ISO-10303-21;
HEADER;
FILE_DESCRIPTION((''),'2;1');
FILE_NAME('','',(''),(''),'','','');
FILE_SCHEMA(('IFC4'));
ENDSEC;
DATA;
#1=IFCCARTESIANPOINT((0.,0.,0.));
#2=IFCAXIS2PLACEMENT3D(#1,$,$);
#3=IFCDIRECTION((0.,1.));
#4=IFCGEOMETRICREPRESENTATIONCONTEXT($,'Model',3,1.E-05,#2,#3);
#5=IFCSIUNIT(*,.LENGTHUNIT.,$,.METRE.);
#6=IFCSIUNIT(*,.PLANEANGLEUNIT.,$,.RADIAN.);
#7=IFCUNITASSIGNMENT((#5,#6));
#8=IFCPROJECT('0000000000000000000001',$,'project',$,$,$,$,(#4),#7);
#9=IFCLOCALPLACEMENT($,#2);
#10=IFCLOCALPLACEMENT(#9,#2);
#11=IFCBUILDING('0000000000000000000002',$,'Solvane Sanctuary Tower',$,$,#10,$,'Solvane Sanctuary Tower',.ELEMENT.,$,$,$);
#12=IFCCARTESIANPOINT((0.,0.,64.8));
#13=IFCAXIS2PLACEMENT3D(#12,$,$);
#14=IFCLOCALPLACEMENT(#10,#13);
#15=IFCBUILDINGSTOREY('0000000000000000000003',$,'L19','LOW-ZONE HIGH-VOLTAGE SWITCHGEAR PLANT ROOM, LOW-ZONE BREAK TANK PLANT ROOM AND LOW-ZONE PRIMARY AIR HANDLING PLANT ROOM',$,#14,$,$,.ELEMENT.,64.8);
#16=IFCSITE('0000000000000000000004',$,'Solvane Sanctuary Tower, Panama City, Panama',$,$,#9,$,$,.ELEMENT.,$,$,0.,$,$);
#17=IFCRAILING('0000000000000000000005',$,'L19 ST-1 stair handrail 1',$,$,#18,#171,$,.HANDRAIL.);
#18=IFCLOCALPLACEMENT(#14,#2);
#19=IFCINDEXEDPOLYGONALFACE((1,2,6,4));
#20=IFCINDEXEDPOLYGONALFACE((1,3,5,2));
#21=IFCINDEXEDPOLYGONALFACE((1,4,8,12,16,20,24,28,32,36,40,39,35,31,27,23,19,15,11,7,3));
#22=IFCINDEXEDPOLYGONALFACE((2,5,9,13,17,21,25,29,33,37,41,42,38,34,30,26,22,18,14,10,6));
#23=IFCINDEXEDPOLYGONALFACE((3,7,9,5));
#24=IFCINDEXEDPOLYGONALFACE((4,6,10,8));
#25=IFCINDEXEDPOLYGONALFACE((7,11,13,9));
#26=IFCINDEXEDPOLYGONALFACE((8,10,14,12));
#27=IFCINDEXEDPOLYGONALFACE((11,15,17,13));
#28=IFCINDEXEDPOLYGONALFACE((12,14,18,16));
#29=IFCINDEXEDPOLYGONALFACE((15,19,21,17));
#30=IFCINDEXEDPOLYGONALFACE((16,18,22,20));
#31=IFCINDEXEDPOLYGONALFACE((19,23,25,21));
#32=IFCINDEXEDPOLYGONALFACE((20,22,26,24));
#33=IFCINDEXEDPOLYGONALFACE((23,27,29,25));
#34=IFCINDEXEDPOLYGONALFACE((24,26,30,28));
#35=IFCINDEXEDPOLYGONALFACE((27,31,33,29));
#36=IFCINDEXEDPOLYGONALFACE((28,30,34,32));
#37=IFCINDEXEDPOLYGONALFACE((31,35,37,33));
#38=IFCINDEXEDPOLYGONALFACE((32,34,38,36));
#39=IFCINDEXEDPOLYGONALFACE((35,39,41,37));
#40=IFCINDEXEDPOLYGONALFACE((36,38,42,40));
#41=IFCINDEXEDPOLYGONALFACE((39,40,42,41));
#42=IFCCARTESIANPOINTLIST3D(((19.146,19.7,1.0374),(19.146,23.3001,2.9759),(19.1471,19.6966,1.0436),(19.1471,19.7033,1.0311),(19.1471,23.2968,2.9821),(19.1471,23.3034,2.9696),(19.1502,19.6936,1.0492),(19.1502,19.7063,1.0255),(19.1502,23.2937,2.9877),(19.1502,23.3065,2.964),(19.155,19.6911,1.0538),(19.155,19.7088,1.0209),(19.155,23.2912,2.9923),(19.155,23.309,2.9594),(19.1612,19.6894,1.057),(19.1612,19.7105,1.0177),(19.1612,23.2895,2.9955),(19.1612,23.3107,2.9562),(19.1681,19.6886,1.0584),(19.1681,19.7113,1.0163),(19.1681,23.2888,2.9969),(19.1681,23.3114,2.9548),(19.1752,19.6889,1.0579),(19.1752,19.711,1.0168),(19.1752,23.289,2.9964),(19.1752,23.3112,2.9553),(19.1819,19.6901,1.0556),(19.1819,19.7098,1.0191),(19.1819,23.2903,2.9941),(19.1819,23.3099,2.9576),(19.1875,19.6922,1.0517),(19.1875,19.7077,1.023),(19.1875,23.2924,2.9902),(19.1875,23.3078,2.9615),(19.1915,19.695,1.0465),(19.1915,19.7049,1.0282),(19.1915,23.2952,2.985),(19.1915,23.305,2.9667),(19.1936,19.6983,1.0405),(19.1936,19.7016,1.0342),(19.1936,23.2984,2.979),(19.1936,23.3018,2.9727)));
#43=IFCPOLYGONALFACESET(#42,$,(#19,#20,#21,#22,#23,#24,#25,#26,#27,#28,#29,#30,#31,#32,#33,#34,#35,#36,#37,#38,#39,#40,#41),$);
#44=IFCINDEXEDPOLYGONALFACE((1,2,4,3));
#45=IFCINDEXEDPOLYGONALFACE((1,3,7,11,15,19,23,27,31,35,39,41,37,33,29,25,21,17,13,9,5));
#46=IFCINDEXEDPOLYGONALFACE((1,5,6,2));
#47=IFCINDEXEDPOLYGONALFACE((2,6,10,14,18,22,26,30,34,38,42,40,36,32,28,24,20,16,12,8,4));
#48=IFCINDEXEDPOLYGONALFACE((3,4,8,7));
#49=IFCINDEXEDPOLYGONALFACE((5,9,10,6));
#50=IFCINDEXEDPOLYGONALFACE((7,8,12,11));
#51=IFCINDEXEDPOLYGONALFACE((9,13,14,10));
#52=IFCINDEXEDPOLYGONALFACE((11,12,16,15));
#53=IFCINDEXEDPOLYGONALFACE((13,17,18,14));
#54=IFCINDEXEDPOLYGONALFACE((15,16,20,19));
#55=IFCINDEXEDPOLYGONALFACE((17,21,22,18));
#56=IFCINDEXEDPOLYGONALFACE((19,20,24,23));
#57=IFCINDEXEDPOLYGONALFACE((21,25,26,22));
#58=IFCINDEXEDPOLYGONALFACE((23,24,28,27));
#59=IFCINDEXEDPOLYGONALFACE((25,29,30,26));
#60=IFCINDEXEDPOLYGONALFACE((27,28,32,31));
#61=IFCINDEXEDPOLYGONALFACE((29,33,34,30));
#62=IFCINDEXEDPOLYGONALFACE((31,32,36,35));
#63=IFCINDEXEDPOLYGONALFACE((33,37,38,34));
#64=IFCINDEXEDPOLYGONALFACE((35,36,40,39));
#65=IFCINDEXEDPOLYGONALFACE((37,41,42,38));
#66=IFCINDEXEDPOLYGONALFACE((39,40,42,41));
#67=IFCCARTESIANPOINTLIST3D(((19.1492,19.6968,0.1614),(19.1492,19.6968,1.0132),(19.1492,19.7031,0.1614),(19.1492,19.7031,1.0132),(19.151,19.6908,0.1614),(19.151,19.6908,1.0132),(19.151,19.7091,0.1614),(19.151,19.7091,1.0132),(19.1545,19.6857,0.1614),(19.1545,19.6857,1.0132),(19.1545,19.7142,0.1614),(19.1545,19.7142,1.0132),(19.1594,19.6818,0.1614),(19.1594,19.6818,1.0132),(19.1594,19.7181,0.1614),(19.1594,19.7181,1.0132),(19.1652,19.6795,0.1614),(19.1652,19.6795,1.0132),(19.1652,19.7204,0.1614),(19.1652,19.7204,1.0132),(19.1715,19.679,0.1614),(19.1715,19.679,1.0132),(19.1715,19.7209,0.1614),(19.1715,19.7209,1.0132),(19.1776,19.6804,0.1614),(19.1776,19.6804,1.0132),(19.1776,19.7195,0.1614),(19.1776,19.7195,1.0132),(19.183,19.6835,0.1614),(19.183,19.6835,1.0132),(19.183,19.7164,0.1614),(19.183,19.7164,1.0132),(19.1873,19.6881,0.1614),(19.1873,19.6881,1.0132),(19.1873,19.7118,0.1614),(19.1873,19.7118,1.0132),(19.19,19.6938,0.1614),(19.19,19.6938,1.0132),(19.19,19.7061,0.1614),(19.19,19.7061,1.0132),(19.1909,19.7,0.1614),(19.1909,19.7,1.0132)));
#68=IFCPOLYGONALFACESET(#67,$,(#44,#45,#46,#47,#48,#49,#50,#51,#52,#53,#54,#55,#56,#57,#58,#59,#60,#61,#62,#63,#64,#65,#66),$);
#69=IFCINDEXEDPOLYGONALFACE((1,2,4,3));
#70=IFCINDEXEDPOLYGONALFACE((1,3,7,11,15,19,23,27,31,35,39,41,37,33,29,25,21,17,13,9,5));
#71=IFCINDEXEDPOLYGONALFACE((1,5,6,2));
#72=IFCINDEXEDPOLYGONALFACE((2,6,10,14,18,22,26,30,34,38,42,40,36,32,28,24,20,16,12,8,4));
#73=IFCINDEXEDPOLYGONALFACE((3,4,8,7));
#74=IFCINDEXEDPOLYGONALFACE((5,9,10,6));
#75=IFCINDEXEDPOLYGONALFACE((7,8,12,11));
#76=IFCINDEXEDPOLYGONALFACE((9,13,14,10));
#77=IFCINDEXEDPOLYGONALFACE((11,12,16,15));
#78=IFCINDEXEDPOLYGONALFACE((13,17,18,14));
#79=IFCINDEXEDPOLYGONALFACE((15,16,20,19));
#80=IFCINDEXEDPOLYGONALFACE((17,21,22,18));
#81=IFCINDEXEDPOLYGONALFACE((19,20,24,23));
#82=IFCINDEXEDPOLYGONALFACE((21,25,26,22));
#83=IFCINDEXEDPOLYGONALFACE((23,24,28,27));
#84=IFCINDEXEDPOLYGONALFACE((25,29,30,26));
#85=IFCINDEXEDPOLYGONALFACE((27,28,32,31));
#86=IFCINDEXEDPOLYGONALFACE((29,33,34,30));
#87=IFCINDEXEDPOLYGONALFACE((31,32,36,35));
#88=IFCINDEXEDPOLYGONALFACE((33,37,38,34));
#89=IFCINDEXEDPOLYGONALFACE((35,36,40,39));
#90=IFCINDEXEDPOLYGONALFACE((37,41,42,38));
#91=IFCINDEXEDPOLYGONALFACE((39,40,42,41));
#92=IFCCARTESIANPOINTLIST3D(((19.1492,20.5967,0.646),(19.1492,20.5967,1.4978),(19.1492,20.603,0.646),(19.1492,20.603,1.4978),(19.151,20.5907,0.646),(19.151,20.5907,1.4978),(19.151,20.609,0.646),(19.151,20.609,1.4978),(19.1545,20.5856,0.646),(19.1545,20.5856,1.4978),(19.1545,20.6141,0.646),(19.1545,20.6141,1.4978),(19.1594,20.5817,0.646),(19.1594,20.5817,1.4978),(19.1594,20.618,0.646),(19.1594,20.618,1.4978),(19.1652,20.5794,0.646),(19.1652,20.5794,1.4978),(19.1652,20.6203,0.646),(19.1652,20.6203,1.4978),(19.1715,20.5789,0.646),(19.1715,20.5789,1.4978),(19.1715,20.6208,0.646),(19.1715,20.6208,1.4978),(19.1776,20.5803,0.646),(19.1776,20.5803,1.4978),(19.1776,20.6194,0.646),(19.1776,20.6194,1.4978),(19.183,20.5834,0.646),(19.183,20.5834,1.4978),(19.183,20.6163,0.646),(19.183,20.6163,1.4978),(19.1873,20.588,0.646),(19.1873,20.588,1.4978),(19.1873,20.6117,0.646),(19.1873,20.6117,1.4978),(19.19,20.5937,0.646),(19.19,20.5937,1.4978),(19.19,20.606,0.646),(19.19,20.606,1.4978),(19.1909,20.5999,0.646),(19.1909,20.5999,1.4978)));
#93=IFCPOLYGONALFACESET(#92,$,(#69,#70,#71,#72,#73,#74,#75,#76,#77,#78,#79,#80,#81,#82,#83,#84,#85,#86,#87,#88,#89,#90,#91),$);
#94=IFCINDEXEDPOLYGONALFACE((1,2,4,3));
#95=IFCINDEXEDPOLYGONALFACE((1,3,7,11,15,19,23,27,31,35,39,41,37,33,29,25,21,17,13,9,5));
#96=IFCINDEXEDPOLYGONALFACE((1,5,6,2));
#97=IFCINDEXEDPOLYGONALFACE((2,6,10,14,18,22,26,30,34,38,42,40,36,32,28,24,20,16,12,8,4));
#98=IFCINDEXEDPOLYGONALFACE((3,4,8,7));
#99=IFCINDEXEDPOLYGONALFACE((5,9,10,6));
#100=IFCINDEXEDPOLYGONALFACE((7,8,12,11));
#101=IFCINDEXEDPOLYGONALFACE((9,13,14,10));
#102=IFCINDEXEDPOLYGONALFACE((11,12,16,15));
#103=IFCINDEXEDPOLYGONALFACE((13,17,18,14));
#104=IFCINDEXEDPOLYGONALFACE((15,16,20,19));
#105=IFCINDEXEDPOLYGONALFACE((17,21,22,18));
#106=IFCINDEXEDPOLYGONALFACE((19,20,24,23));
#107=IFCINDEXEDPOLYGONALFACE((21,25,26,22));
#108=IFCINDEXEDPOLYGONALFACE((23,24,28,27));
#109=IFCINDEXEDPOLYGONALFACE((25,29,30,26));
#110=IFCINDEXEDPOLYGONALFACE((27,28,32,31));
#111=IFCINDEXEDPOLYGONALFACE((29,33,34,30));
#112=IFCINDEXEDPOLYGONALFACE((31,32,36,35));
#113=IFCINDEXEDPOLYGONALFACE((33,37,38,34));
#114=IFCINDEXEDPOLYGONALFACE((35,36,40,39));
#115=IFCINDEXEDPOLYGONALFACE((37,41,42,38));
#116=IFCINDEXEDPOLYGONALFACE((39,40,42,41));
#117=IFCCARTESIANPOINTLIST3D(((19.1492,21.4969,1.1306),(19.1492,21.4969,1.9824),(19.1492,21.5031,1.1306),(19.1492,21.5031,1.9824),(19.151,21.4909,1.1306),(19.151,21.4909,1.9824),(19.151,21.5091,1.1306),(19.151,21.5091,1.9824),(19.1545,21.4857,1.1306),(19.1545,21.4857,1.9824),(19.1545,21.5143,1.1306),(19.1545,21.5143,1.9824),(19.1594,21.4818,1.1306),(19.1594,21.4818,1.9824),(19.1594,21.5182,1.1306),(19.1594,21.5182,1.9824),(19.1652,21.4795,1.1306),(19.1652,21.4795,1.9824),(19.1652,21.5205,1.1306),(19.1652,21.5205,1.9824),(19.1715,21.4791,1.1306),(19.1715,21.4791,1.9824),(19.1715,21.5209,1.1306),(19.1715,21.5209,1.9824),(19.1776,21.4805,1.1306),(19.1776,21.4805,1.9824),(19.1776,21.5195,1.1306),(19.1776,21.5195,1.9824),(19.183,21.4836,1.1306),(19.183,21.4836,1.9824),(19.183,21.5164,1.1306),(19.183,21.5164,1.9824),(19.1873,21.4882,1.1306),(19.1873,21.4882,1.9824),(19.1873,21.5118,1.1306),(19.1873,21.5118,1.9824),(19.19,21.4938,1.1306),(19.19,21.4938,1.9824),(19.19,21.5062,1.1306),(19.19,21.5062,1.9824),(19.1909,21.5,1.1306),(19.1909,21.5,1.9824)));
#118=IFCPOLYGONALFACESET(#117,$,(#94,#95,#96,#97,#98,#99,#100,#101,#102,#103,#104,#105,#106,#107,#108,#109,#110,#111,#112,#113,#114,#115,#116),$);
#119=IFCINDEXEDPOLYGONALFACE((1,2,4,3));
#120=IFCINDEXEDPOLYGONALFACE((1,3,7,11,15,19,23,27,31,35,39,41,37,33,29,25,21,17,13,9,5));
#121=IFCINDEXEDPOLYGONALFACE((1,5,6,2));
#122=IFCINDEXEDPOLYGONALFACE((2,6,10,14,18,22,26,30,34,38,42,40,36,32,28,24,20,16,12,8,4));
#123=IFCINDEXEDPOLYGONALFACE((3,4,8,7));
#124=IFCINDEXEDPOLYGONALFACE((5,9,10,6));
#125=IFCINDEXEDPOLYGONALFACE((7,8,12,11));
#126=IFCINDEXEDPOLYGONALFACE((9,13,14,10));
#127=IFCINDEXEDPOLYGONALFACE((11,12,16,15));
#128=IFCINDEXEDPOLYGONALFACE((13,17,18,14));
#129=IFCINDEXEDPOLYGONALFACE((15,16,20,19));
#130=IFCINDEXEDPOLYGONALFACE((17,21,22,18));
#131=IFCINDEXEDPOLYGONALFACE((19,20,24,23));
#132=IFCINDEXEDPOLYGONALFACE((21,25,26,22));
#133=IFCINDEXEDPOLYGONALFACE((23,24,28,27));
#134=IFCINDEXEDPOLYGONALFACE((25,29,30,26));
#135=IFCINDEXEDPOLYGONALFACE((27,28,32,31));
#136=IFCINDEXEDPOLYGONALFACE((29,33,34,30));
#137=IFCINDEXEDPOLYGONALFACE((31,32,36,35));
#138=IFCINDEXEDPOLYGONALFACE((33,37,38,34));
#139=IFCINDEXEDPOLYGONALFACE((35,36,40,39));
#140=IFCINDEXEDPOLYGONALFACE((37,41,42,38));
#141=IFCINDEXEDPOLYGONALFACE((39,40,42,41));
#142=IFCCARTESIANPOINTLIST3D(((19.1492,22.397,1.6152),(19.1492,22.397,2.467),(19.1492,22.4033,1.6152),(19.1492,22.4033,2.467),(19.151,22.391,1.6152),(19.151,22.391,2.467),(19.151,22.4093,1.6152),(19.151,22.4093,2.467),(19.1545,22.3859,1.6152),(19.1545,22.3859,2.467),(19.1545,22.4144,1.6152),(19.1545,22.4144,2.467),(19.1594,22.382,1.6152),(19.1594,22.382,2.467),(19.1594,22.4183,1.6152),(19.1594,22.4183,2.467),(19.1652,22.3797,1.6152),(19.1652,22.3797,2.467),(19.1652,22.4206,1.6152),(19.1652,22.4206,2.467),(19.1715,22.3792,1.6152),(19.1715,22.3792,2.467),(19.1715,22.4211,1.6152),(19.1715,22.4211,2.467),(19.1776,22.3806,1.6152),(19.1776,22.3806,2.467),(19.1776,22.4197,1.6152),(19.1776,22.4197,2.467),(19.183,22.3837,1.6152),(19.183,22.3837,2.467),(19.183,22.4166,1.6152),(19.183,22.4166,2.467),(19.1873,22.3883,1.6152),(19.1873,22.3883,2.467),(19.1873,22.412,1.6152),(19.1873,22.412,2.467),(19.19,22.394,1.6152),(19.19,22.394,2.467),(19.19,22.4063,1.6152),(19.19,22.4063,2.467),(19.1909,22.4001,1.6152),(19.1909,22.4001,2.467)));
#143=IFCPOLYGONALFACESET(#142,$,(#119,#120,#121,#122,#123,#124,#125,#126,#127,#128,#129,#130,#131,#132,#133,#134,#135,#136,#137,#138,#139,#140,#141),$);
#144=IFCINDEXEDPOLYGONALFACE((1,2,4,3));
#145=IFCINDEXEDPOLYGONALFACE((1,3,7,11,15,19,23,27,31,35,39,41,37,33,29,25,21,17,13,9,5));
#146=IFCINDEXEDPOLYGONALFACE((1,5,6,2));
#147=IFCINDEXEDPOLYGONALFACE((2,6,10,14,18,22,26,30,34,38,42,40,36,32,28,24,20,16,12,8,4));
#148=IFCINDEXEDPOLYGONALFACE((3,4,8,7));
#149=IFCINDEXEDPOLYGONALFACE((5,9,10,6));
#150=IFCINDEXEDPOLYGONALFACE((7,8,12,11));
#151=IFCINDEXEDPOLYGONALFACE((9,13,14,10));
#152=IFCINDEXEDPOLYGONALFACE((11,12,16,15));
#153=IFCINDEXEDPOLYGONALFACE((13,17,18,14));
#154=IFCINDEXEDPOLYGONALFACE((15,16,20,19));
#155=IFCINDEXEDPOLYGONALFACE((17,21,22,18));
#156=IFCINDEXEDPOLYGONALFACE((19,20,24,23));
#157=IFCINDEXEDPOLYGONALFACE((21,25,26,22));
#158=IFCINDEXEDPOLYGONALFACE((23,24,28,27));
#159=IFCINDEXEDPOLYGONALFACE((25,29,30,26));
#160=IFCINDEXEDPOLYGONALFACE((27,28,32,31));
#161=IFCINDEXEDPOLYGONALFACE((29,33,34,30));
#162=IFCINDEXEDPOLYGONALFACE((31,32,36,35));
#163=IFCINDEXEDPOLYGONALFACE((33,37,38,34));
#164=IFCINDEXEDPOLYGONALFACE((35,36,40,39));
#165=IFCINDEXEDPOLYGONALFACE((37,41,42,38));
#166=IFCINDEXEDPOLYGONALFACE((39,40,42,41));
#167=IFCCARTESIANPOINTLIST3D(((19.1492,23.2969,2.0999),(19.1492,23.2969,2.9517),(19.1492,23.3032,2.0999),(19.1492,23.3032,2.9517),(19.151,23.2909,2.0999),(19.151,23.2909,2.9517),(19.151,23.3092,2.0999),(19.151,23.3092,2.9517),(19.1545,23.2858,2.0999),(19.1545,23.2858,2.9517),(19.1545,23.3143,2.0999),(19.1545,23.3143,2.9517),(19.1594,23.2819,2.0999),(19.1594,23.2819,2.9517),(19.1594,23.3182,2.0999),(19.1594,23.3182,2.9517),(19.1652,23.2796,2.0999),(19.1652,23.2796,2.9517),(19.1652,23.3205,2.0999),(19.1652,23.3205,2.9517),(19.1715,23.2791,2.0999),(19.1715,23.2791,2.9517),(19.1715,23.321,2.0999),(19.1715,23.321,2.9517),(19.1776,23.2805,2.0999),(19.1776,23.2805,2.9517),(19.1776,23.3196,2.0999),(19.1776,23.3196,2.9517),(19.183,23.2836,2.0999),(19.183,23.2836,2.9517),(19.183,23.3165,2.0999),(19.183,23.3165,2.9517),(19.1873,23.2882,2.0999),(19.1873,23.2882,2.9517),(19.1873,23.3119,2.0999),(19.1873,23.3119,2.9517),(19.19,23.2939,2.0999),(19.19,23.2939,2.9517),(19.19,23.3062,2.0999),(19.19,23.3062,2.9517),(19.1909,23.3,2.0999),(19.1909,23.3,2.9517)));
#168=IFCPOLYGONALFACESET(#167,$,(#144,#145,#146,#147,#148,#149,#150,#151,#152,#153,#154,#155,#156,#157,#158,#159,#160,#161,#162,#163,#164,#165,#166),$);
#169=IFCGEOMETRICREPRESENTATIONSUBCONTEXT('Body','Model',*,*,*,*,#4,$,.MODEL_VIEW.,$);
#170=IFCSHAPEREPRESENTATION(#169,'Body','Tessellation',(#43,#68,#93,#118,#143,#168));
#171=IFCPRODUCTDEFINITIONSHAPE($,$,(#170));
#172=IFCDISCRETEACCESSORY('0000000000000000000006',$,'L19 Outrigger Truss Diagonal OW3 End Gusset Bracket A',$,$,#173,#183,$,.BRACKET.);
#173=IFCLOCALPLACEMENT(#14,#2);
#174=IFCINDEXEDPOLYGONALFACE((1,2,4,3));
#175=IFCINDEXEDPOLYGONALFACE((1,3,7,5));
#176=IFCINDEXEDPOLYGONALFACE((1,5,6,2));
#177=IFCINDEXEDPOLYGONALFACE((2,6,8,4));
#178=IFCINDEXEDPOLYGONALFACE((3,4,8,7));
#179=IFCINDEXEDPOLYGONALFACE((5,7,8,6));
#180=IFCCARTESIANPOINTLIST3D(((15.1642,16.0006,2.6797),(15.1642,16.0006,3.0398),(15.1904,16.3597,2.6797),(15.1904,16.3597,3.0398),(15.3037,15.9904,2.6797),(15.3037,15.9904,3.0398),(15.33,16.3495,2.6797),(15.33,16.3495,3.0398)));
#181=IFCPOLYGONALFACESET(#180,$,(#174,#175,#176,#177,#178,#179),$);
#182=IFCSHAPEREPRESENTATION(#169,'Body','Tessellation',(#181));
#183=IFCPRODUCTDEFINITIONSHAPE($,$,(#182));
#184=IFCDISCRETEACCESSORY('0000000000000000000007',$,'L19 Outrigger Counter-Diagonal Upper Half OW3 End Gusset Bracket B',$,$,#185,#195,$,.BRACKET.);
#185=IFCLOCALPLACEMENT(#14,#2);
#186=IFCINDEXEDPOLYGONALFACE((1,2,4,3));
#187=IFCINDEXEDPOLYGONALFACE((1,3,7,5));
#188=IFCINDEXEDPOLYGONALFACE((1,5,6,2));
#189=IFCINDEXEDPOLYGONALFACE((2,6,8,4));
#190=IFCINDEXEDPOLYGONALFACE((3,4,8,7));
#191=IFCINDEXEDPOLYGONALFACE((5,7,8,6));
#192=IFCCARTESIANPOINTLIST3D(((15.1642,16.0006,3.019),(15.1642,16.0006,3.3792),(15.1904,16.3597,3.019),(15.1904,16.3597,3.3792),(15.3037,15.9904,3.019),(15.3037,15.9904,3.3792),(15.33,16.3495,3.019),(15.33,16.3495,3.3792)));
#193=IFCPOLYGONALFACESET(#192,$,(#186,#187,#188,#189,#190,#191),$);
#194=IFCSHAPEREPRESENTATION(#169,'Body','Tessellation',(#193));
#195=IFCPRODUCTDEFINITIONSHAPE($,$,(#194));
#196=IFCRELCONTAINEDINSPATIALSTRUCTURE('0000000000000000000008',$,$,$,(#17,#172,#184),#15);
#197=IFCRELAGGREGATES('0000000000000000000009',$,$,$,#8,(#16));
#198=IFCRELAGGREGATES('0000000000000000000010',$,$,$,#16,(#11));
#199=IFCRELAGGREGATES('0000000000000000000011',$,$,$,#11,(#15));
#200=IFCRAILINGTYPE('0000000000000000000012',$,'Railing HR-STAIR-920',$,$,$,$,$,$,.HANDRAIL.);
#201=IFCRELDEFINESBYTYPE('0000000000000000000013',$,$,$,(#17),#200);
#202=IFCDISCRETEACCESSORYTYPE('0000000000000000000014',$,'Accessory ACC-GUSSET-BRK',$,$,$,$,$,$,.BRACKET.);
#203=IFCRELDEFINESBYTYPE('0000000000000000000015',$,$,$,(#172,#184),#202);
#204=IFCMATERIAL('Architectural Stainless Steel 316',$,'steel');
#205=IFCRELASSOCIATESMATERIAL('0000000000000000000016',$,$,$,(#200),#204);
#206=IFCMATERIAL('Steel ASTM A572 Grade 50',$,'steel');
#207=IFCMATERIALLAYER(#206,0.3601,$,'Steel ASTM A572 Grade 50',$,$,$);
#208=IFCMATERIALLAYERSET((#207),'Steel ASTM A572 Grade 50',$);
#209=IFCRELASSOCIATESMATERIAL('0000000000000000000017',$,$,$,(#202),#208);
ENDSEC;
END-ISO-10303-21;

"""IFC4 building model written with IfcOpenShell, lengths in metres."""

from ifc_helpers import new_model, si_unit, direction, frame, origin, origin_2d, place, context, subcontext, project, spatial, rectangle, circle, extrude, material, layer, layer_set, type_object, element, save


model = new_model("IFC4")

# Units and contexts
model_context = context("Model", 3, precision=1e-05, world=origin(), true_north=direction((0.0, 1.0)))
body_context = subcontext(model_context, "Body", "Model", "MODEL_VIEW")
ifc_project = project(units=[si_unit("LENGTHUNIT", "METRE"), si_unit("PLANEANGLEUNIT", "RADIAN")], contexts=[model_context])

# Site, building, storey
site_placement = place(None, origin())
site = spatial("IfcSite", under=ifc_project, at=site_placement, Name="Solvane Sanctuary Tower, Panama City, Panama", CompositionType="ELEMENT", RefElevation=0.0)
building_placement = place(site_placement, origin())
building = spatial("IfcBuilding", under=site, at=building_placement, Name="Solvane Sanctuary Tower", LongName="Solvane Sanctuary Tower", CompositionType="ELEMENT")
storey_placement = place(building_placement, frame((0.0, 0.0, 64.8)))
storey = spatial("IfcBuildingStorey", under=building, at=storey_placement, Name="L19", Description="LOW-ZONE HIGH-VOLTAGE SWITCHGEAR PLANT ROOM, LOW-ZONE BREAK TANK PLANT ROOM AND LOW-ZONE PRIMARY AIR HANDLING PLANT ROOM", CompositionType="ELEMENT", Elevation=64.8)

# Shared definitions
ifc_material_1 = material(Name="Steel ASTM A572 Grade 50", Category="steel")

# Shared definitions
ifc_material_2 = material(Name="Architectural Stainless Steel 316", Category="steel")

# Railing
railing_type_1 = type_object("IfcRailingType", Name="Railing HR-STAIR-920", PredefinedType="HANDRAIL", material=ifc_material_2)
railing_1_placement = place(storey_placement, frame((19.1699, 19.7, 0.1614)))
element("IfcRailing", 1, at=railing_1_placement, inside=storey, type_object=railing_type_1, Name="L19 ST-1 stair handrail 1", PredefinedType="HANDRAIL", context=body_context, shape_type="SweptSolid", body=[
    extrude(circle(Radius=0.0239, at=origin_2d()), frame((0.0, 0.0, 0.876), z_axis=(0.0, 0.880475, 0.474093), x_axis=(-1.0, 0.0, 0.0)), (0.0, 0.0, 1.0), 4.0889),
    extrude(circle(Radius=0.021, at=origin_2d()), origin(), (0.0, 0.0, 1.0), 0.8518),
    extrude(circle(Radius=0.021, at=origin_2d()), frame((0.0, 0.8999, 0.4846)), (0.0, 0.0, 1.0), 0.8518),
    extrude(circle(Radius=0.021, at=origin_2d()), frame((0.0, 1.8, 0.9692)), (0.0, 0.0, 1.0), 0.8518),
    extrude(circle(Radius=0.021, at=origin_2d()), frame((0.0, 2.7002, 1.4539)), (0.0, 0.0, 1.0), 0.8518),
    extrude(circle(Radius=0.021, at=origin_2d()), frame((0.0, 3.6001, 1.9385)), (0.0, 0.0, 1.0), 0.8518),
])

# Discrete accessories
ifc_layer_1 = layer(ifc_material_1, 0.3601, Name="Steel ASTM A572 Grade 50")
ifc_layer_set_1 = layer_set([ifc_layer_1], Name="Steel ASTM A572 Grade 50")
discrete_accessory_type = type_object("IfcDiscreteAccessoryType", Name="Accessory ACC-GUSSET-BRK", PredefinedType="BRACKET", material=ifc_layer_set_1)
for number, where, z_axis, x_axis, name in (
    (2, (15.2471, 16.175, 2.6797), (0.0, 0.0, 1.0), (-0.07289, -0.99734, 0.0), "L19 Outrigger Truss Diagonal OW3 End Gusset Bracket A"),
    (3, (15.2471, 16.175, 3.019), (0.0, 0.0, 1.0), (0.07289, 0.99734, 0.0), "L19 Outrigger Counter-Diagonal Upper Half OW3 End Gusset Bracket B"),
):
    element("IfcDiscreteAccessory", number, at=place(storey_placement, frame(where, z_axis=z_axis, x_axis=x_axis)), inside=storey, type_object=discrete_accessory_type, Name=name, PredefinedType="BRACKET", context=body_context, shape_type="SweptSolid", body=[
        extrude(rectangle(XDim=0.3601, YDim=0.1399, at=origin_2d()), origin(), (0.0, 0.0, 1.0), 0.3601),
    ])

save(model, "model.ifc")
